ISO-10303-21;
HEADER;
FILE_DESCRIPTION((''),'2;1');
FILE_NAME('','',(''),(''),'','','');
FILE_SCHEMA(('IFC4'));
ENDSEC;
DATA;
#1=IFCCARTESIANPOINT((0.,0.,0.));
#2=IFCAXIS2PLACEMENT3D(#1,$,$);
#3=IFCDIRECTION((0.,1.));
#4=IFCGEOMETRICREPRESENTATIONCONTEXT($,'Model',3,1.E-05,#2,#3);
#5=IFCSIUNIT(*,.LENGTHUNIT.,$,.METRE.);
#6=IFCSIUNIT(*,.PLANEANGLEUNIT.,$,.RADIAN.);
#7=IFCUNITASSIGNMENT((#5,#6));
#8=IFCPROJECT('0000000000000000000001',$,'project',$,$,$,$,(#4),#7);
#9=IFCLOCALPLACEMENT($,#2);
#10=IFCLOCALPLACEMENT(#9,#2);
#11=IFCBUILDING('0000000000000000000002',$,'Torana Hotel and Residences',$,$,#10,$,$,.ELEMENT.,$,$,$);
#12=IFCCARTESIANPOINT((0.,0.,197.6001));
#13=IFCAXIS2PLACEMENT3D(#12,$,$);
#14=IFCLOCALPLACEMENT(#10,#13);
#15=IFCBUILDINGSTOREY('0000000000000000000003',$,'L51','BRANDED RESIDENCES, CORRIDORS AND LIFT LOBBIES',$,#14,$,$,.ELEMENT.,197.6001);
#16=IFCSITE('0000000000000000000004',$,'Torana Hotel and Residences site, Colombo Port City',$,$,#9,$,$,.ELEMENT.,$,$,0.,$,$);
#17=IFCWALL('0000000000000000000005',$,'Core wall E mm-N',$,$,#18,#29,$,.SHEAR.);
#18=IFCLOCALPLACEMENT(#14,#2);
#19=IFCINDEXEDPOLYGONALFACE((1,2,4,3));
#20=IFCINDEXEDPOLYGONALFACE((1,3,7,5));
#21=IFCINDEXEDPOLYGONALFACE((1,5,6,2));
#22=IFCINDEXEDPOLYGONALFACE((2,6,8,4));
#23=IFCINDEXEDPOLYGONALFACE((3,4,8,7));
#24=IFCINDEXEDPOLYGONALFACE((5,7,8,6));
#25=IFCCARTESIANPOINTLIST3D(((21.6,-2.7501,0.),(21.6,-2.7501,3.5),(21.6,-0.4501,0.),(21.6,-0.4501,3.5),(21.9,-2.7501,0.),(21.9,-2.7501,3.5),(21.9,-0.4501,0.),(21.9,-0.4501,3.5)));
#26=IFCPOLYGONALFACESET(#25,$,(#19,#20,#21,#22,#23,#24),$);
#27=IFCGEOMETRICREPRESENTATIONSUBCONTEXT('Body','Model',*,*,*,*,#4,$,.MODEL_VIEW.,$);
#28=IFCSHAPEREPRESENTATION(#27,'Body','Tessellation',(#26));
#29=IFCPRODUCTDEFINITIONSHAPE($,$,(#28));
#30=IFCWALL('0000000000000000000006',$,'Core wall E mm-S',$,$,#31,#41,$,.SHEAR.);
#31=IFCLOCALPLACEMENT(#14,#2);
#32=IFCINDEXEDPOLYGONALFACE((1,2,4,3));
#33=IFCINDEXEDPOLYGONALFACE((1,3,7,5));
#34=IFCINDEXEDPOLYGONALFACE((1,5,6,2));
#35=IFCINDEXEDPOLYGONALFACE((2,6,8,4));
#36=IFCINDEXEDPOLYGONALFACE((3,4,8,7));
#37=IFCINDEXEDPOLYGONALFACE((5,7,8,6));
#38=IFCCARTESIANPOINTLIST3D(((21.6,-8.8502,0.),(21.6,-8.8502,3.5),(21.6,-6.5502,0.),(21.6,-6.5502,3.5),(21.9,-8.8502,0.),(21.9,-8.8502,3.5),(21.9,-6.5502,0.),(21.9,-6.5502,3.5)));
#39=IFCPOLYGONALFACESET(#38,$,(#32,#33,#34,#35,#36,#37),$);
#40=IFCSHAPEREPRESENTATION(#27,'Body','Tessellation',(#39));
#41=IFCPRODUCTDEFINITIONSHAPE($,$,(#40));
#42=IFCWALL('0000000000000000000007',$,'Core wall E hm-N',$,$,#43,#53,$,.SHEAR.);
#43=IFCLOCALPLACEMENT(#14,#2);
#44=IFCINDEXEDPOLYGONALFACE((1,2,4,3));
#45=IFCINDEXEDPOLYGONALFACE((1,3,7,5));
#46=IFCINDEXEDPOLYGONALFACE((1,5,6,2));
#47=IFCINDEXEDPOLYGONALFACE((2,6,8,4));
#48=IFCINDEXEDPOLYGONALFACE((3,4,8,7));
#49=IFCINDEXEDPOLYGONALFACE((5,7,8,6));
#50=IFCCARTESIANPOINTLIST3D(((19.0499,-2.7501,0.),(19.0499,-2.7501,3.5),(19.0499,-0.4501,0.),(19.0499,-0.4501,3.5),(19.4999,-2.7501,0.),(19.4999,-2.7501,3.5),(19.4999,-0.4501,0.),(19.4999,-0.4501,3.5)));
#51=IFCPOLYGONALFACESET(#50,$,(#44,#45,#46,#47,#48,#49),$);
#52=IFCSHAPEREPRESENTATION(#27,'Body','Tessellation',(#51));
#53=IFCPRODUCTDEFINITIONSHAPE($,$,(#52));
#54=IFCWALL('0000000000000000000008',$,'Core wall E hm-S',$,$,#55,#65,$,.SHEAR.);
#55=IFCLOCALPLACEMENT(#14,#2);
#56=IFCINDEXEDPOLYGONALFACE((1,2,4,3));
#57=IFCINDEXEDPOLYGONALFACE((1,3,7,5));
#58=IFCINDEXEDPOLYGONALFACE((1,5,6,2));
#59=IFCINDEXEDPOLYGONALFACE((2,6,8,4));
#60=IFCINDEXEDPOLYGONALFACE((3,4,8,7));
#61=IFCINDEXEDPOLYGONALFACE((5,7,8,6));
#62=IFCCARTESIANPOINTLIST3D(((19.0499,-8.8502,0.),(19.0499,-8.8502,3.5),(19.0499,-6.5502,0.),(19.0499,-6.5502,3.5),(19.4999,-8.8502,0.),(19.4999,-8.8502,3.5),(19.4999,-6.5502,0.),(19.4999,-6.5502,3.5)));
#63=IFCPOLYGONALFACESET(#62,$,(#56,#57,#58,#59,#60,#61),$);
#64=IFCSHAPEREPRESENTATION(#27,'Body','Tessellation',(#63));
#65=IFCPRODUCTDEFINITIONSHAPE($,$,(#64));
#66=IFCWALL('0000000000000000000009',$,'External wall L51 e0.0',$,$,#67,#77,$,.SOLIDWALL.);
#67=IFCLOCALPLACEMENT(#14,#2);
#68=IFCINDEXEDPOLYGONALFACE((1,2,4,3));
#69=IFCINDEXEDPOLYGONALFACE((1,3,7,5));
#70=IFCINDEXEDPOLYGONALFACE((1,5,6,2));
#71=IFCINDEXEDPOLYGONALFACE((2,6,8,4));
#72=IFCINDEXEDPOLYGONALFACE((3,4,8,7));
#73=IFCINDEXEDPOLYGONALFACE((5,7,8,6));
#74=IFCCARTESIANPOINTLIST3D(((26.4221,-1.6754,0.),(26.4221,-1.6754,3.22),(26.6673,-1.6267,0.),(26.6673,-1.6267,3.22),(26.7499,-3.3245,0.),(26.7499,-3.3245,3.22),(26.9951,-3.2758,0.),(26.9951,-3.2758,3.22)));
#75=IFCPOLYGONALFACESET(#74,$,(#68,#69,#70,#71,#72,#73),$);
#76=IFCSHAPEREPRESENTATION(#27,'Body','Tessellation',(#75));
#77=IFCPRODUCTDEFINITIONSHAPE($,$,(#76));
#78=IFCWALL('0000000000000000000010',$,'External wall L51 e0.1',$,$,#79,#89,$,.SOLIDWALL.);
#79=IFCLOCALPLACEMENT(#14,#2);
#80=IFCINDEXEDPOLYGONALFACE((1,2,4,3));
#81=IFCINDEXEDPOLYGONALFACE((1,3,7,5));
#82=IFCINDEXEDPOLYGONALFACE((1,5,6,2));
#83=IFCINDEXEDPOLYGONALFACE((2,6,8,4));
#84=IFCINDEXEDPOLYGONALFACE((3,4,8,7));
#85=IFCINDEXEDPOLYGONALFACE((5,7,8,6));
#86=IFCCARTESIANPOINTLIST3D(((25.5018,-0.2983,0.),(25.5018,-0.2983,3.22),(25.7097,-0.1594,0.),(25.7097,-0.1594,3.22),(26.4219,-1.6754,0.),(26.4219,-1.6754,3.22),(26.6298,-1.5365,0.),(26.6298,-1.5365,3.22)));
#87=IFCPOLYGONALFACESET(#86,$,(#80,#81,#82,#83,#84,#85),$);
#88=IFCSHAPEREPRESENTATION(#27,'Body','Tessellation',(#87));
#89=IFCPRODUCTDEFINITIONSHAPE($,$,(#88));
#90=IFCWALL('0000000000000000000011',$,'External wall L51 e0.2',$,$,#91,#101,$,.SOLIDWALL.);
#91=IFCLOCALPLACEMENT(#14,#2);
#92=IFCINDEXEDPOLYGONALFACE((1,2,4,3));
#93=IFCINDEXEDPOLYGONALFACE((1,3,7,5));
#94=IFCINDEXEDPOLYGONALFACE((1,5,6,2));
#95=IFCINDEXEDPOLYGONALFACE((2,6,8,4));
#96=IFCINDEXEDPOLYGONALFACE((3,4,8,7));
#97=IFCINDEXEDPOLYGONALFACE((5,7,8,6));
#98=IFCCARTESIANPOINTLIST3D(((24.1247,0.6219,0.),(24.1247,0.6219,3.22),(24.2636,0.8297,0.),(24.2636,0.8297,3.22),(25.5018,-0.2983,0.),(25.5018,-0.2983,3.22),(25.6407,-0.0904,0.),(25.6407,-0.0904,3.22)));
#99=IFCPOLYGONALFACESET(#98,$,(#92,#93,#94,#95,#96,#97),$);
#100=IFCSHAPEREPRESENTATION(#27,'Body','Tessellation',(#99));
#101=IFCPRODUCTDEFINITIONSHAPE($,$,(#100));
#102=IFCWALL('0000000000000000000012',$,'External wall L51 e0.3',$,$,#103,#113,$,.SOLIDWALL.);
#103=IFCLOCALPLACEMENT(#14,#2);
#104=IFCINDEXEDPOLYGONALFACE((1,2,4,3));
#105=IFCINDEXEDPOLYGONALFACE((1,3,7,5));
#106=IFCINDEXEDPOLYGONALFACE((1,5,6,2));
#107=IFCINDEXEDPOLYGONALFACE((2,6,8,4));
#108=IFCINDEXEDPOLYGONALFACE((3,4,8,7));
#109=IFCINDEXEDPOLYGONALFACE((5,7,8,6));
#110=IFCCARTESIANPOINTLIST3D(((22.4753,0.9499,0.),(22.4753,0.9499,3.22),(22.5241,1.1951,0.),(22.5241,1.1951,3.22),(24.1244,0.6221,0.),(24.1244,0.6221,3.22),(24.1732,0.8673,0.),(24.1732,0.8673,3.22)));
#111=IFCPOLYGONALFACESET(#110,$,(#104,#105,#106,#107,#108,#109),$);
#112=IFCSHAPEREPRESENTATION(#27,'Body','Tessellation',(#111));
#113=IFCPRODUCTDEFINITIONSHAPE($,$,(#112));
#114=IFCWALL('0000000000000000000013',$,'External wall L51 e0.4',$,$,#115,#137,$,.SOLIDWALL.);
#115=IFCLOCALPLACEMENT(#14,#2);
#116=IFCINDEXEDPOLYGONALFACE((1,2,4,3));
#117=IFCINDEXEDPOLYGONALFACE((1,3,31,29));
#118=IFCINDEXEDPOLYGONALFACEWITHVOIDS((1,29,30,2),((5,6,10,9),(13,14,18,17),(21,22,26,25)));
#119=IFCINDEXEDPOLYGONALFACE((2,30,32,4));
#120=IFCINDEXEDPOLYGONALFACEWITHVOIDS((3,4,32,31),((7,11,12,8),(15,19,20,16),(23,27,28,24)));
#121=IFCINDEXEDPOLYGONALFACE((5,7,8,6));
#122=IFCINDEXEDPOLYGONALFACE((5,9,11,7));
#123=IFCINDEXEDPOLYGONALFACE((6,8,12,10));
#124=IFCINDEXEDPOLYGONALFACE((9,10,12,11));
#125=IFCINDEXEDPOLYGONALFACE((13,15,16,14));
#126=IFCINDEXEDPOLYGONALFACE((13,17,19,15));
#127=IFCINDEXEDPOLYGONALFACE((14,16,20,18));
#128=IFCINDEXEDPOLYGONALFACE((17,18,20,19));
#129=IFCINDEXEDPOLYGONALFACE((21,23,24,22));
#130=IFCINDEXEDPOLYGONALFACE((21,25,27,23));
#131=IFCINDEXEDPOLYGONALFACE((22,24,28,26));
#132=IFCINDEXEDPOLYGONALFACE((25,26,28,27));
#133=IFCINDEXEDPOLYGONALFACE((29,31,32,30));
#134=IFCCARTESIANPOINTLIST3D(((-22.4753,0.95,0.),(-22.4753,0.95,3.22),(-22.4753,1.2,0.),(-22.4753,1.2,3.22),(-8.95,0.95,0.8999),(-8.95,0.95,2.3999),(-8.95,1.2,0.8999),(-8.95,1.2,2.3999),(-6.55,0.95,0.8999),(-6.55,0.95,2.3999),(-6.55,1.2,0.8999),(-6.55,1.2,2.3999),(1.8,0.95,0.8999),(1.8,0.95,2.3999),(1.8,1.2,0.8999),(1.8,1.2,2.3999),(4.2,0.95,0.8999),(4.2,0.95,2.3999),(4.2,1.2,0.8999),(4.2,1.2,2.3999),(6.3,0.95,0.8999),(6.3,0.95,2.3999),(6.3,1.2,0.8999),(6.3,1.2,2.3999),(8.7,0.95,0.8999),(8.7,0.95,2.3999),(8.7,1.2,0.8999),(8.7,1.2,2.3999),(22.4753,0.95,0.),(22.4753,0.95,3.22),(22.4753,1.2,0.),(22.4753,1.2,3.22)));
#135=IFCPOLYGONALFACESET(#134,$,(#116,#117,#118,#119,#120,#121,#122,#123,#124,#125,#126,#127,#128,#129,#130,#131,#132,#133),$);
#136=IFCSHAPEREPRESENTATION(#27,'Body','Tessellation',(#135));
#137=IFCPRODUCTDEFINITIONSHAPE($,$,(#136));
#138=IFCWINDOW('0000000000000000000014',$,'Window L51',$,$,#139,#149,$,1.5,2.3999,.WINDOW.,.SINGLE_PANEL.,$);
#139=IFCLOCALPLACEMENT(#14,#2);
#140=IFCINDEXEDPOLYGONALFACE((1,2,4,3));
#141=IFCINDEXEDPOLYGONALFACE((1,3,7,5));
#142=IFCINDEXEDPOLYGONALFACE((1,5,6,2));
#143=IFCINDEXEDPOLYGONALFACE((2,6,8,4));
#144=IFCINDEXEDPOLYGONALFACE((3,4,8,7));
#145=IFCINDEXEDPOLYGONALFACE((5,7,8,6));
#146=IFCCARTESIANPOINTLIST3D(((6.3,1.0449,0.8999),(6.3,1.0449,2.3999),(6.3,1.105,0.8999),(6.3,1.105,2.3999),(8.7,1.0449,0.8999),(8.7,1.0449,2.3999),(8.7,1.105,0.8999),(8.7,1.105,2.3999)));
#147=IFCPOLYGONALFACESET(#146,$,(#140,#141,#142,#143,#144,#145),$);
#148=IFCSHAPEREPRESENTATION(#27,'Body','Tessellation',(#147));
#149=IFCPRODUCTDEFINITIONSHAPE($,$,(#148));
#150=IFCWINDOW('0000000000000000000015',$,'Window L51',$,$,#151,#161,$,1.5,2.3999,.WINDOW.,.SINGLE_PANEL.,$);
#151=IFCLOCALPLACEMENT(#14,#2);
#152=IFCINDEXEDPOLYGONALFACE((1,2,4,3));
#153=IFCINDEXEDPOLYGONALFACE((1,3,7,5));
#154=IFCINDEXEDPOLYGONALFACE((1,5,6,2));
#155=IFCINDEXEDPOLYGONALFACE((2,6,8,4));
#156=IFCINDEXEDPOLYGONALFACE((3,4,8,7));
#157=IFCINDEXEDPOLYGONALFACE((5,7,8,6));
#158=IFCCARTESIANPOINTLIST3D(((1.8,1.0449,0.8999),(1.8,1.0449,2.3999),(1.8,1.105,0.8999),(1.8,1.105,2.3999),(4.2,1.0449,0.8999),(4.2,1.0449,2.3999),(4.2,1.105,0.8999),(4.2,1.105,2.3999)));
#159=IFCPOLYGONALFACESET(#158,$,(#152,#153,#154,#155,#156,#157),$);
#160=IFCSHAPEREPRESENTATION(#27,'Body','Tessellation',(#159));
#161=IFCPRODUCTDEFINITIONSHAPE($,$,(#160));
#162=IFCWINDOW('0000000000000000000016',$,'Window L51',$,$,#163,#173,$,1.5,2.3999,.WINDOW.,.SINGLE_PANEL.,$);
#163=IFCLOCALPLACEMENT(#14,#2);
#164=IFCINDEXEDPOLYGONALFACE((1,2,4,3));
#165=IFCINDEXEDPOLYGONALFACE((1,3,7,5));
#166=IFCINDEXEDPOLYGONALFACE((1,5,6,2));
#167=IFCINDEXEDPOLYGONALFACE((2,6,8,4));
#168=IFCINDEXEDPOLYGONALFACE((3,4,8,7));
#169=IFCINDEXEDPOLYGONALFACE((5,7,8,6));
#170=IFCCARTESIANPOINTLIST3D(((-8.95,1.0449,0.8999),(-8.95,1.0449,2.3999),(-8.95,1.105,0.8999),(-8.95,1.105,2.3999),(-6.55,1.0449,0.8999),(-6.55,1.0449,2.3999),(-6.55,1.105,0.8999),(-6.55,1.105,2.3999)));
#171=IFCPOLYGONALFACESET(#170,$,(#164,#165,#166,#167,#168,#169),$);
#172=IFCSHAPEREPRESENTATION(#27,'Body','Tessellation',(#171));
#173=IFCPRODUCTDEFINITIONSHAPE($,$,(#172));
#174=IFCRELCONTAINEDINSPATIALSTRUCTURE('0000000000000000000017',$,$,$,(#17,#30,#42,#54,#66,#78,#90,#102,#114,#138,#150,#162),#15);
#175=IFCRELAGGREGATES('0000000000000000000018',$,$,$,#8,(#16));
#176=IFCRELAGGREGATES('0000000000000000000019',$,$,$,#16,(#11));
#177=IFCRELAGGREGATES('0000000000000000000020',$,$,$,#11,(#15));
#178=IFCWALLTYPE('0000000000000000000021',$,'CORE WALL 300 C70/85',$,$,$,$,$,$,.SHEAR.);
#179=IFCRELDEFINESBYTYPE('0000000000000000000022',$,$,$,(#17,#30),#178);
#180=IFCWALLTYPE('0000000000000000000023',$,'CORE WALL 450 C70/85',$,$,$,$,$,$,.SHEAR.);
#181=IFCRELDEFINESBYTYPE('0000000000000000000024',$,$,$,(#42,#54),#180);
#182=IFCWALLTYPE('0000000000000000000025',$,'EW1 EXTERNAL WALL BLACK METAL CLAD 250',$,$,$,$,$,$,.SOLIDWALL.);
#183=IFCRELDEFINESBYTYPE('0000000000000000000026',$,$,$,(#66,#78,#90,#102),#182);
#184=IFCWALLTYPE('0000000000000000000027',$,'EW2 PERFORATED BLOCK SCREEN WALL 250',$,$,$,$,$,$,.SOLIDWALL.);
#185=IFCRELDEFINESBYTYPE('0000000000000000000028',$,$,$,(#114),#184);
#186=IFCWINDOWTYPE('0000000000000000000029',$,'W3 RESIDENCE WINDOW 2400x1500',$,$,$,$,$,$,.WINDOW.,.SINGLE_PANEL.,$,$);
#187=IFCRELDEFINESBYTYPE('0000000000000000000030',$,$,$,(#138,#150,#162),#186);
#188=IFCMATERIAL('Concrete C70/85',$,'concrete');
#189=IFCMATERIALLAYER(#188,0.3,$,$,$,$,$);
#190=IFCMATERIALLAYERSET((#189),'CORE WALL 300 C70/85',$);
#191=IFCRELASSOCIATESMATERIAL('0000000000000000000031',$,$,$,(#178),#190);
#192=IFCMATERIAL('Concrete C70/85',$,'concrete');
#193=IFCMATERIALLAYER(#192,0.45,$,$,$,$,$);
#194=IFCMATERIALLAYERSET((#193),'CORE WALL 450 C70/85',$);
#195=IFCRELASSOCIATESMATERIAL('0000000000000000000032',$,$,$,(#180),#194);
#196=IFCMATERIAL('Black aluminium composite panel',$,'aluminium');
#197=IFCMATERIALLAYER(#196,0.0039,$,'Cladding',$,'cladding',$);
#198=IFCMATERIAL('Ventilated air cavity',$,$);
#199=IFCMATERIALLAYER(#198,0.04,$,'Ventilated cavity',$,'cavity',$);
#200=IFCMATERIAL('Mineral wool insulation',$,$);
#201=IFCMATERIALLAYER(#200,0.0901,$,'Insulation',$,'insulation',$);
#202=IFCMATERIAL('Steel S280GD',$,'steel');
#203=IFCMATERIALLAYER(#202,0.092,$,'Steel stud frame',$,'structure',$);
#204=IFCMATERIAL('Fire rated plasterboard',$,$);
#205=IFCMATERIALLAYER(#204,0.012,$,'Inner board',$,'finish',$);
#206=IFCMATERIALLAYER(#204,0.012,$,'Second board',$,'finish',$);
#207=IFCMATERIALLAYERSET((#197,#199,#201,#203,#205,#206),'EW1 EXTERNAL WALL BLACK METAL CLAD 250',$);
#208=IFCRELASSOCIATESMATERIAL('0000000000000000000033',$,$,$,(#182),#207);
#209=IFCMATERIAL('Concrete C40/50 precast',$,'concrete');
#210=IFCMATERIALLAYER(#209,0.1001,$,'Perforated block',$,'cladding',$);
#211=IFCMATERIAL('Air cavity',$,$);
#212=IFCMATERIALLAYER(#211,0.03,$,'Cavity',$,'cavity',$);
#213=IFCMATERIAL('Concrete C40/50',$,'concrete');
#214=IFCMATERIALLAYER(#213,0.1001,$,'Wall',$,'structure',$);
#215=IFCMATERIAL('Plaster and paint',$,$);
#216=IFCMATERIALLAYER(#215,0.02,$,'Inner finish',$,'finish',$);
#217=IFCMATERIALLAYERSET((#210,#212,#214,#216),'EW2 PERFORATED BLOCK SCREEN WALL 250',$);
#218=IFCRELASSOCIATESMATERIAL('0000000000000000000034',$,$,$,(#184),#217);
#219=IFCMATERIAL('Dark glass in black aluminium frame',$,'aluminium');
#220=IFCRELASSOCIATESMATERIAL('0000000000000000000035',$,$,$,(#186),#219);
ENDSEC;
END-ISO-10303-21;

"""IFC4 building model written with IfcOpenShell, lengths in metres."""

from ifc_helpers import new_model, si_unit, direction, frame, frame_2d, origin, place, context, subcontext, project, spatial, rectangle, extrude, material, layer, layer_set, type_object, element, fill, save


model = new_model("IFC4")

# Units and contexts
model_context = context("Model", 3, precision=1e-05, world=origin(), true_north=direction((0.0, 1.0)))
body_context = subcontext(model_context, "Body", "Model", "MODEL_VIEW")
ifc_project = project(units=[si_unit("LENGTHUNIT", "METRE"), si_unit("PLANEANGLEUNIT", "RADIAN")], contexts=[model_context])

# Site, building, storey
site_placement = place(None, origin())
site = spatial("IfcSite", under=ifc_project, at=site_placement, Name="Torana Hotel and Residences site, Colombo Port City", CompositionType="ELEMENT", RefElevation=0.0)
building_placement = place(site_placement, origin())
building = spatial("IfcBuilding", under=site, at=building_placement, Name="Torana Hotel and Residences", CompositionType="ELEMENT")
storey_placement = place(building_placement, frame((0.0, 0.0, 197.6001)))
storey = spatial("IfcBuildingStorey", under=building, at=storey_placement, Name="L51", Description="BRANDED RESIDENCES, CORRIDORS AND LIFT LOBBIES", CompositionType="ELEMENT", Elevation=197.6001)

# Walls
ifc_material_1 = material(Name="Concrete C70/85", Category="concrete")
ifc_layer_1 = layer(ifc_material_1, 0.3)
ifc_layer_set_1 = layer_set([ifc_layer_1], Name="CORE WALL 300 C70/85")
wall_type_1 = type_object("IfcWallType", Name="CORE WALL 300 C70/85", PredefinedType="SHEAR", material=ifc_layer_set_1)
for number, where, z_axis, x_axis, name in (
    (1, (21.75, -2.75, 0.0), (0.0, 0.0, 1.0), (0.0, 1.0, 0.0), "Core wall E mm-N"),
    (2, (21.75, -8.8501, 0.0), (0.0, 0.0, 1.0), (0.0, 1.0, 0.0), "Core wall E mm-S"),
):
    element("IfcWall", number, at=place(storey_placement, frame(where, z_axis=z_axis, x_axis=x_axis)), inside=storey, type_object=wall_type_1, Name=name, PredefinedType="SHEAR", context=body_context, shape_type="SweptSolid", body=[
        extrude(rectangle(XDim=2.3, YDim=0.3, at=frame_2d((1.1499, 0.0))), origin(), (0.0, 0.0, 1.0), 3.5),
    ])
ifc_material_2 = material(Name="Concrete C70/85", Category="concrete")
ifc_layer_2 = layer(ifc_material_2, 0.45)
ifc_layer_set_2 = layer_set([ifc_layer_2], Name="CORE WALL 450 C70/85")
wall_type_2 = type_object("IfcWallType", Name="CORE WALL 450 C70/85", PredefinedType="SHEAR", material=ifc_layer_set_2)
for number, where, z_axis, x_axis, name in (
    (3, (19.2749, -2.75, 0.0), (0.0, 0.0, 1.0), (0.0, 1.0, 0.0), "Core wall E hm-N"),
    (4, (19.2749, -8.8501, 0.0), (0.0, 0.0, 1.0), (0.0, 1.0, 0.0), "Core wall E hm-S"),
):
    element("IfcWall", number, at=place(storey_placement, frame(where, z_axis=z_axis, x_axis=x_axis)), inside=storey, type_object=wall_type_2, Name=name, PredefinedType="SHEAR", context=body_context, shape_type="SweptSolid", body=[
        extrude(rectangle(XDim=2.3, YDim=0.45, at=frame_2d((1.1499, 0.0))), origin(), (0.0, 0.0, 1.0), 3.5),
    ])
ifc_material_3 = material(Name="Black aluminium composite panel", Category="aluminium")
ifc_layer_3 = layer(ifc_material_3, 0.0039, Name="Cladding", Category="cladding")
ifc_material_4 = material(Name="Ventilated air cavity")
ifc_layer_4 = layer(ifc_material_4, 0.04, Name="Ventilated cavity", Category="cavity")
ifc_material_5 = material(Name="Mineral wool insulation")
ifc_layer_5 = layer(ifc_material_5, 0.0901, Name="Insulation", Category="insulation")
ifc_material_6 = material(Name="Steel S280GD", Category="steel")
ifc_layer_6 = layer(ifc_material_6, 0.092, Name="Steel stud frame", Category="structure")
ifc_material_7 = material(Name="Fire rated plasterboard")
ifc_layer_7 = layer(ifc_material_7, 0.012, Name="Inner board", Category="finish")
ifc_layer_8 = layer(ifc_material_7, 0.012, Name="Second board", Category="finish")
ifc_layer_set_3 = layer_set([ifc_layer_3, ifc_layer_4, ifc_layer_5, ifc_layer_6, ifc_layer_7, ifc_layer_8], Name="EW1 EXTERNAL WALL BLACK METAL CLAD 250")
wall_type_3 = type_object("IfcWallType", Name="EW1 EXTERNAL WALL BLACK METAL CLAD 250", PredefinedType="SOLIDWALL", material=ifc_layer_set_3)
wall_1_placement = place(storey_placement, frame((26.8726, -3.3003, 0.0), z_axis=(0.0, 0.0, 1.0), x_axis=(-0.194999, 0.980803, 0.0)))
element("IfcWall", 5, at=wall_1_placement, inside=storey, type_object=wall_type_3, Name="External wall L51 e0.0", PredefinedType="SOLIDWALL", context=body_context, shape_type="SweptSolid", body=[
    extrude(rectangle(XDim=1.6814, YDim=0.25, at=frame_2d((0.8408, 0.0))), origin(), (0.0, 0.0, 1.0), 3.22),
])
for number, where, z_axis, x_axis, name in (
    (6, (26.5259, -1.606, 0.0), (0.0, 0.0, 1.0), (-0.55555, 0.831483, 0.0), "External wall L51 e0.1"),
    (7, (25.5713, -0.1943, 0.0), (0.0, 0.0, 1.0), (-0.831483, 0.55555, 0.0), "External wall L51 e0.2"),
):
    element("IfcWall", number, at=place(storey_placement, frame(where, z_axis=z_axis, x_axis=x_axis)), inside=storey, type_object=wall_type_3, Name=name, PredefinedType="SOLIDWALL", context=body_context, shape_type="SweptSolid", body=[
        extrude(rectangle(XDim=1.6562, YDim=0.25, at=frame_2d((0.8281, 0.0))), origin(), (0.0, 0.0, 1.0), 3.22),
    ])
wall_2_placement = place(storey_placement, frame((24.1489, 0.7446, 0.0), z_axis=(0.0, 0.0, 1.0), x_axis=(-0.980803, 0.194999, 0.0)))
element("IfcWall", 8, at=wall_2_placement, inside=storey, type_object=wall_type_3, Name="External wall L51 e0.3", PredefinedType="SOLIDWALL", context=body_context, shape_type="SweptSolid", body=[
    extrude(rectangle(XDim=1.6814, YDim=0.25, at=frame_2d((0.8408, 0.0))), origin(), (0.0, 0.0, 1.0), 3.22),
])

# Wall, openings, windows
ifc_material_8 = material(Name="Concrete C40/50 precast", Category="concrete")
ifc_layer_9 = layer(ifc_material_8, 0.1001, Name="Perforated block", Category="cladding")
ifc_material_9 = material(Name="Air cavity")
ifc_layer_10 = layer(ifc_material_9, 0.03, Name="Cavity", Category="cavity")
ifc_material_10 = material(Name="Concrete C40/50", Category="concrete")
ifc_layer_11 = layer(ifc_material_10, 0.1001, Name="Wall", Category="structure")
ifc_material_11 = material(Name="Plaster and paint")
ifc_layer_12 = layer(ifc_material_11, 0.02, Name="Inner finish", Category="finish")
ifc_layer_set_4 = layer_set([ifc_layer_9, ifc_layer_10, ifc_layer_11, ifc_layer_12], Name="EW2 PERFORATED BLOCK SCREEN WALL 250")
wall_type_4 = type_object("IfcWallType", Name="EW2 PERFORATED BLOCK SCREEN WALL 250", PredefinedType="SOLIDWALL", material=ifc_layer_set_4)
wall_3_placement = place(storey_placement, frame((22.4753, 1.075, 0.0), z_axis=(0.0, 0.0, 1.0), x_axis=(-1.0, 0.0, 0.0)))
wall_3 = element("IfcWall", 9, at=wall_3_placement, inside=storey, type_object=wall_type_4, Name="External wall L51 e0.4", PredefinedType="SOLIDWALL", context=body_context, shape_type="SweptSolid", body=[
    extrude(rectangle(XDim=44.9507, YDim=0.25, at=frame_2d((22.4753, 0.0))), origin(), (0.0, 0.0, 1.0), 3.22),
])
opening_1_placement = place(wall_3_placement, frame((13.7754, 0.0, 0.8999)))
opening_1 = element("IfcOpeningElement", 10, at=opening_1_placement, cuts=wall_3, PredefinedType="OPENING", context=body_context, shape_type="SweptSolid", body=[
    extrude(rectangle(XDim=2.3999, YDim=1.5, at=frame_2d((1.2, 0.75))), frame((0.0, 0.135, 0.0), z_axis=(0.0, -1.0, 0.0), x_axis=(1.0, 0.0, 0.0)), (0.0, 0.0, 1.0), 0.27),
])
opening_2_placement = place(wall_3_placement, frame((18.2754, 0.0, 0.8999)))
opening_2 = element("IfcOpeningElement", 11, at=opening_2_placement, cuts=wall_3, PredefinedType="OPENING", context=body_context, shape_type="SweptSolid", body=[
    extrude(rectangle(XDim=2.3999, YDim=1.5, at=frame_2d((1.2, 0.75))), frame((0.0, 0.135, 0.0), z_axis=(0.0, -1.0, 0.0), x_axis=(1.0, 0.0, 0.0)), (0.0, 0.0, 1.0), 0.27),
])
opening_3_placement = place(wall_3_placement, frame((29.0254, 0.0, 0.8999)))
opening_3 = element("IfcOpeningElement", 12, at=opening_3_placement, cuts=wall_3, PredefinedType="OPENING", context=body_context, shape_type="SweptSolid", body=[
    extrude(rectangle(XDim=2.3999, YDim=1.5, at=frame_2d((1.2, 0.75))), frame((0.0, 0.135, 0.0), z_axis=(0.0, -1.0, 0.0), x_axis=(1.0, 0.0, 0.0)), (0.0, 0.0, 1.0), 0.27),
])
ifc_material_12 = material(Name="Dark glass in black aluminium frame", Category="aluminium")
window_type = type_object("IfcWindowType", Name="W3 RESIDENCE WINDOW 2400x1500", PartitioningType="SINGLE_PANEL", PredefinedType="WINDOW", material=ifc_material_12)
window_1_placement = place(opening_1_placement, origin())
window_1 = element("IfcWindow", 13, at=window_1_placement, inside=storey, type_object=window_type, Name="Window L51", OverallHeight=1.5, OverallWidth=2.3999, PartitioningType="SINGLE_PANEL", PredefinedType="WINDOW", context=body_context, shape_type="SweptSolid", body=[
    extrude(rectangle(XDim=2.3999, YDim=1.5, at=frame_2d((1.2, 0.75))), frame((0.0, 0.03, 0.0), z_axis=(0.0, -1.0, 0.0), x_axis=(1.0, 0.0, 0.0)), (0.0, 0.0, 1.0), 0.0601),
])
fill(opening_1, window_1)
window_2_placement = place(opening_2_placement, origin())
window_2 = element("IfcWindow", 14, at=window_2_placement, inside=storey, type_object=window_type, Name="Window L51", OverallHeight=1.5, OverallWidth=2.3999, PartitioningType="SINGLE_PANEL", PredefinedType="WINDOW", context=body_context, shape_type="SweptSolid", body=[
    extrude(rectangle(XDim=2.3999, YDim=1.5, at=frame_2d((1.2, 0.75))), frame((0.0, 0.03, 0.0), z_axis=(0.0, -1.0, 0.0), x_axis=(1.0, 0.0, 0.0)), (0.0, 0.0, 1.0), 0.0601),
])
fill(opening_2, window_2)
window_3_placement = place(opening_3_placement, origin())
window_3 = element("IfcWindow", 15, at=window_3_placement, inside=storey, type_object=window_type, Name="Window L51", OverallHeight=1.5, OverallWidth=2.3999, PartitioningType="SINGLE_PANEL", PredefinedType="WINDOW", context=body_context, shape_type="SweptSolid", body=[
    extrude(rectangle(XDim=2.3999, YDim=1.5, at=frame_2d((1.2, 0.75))), frame((0.0, 0.03, 0.0), z_axis=(0.0, -1.0, 0.0), x_axis=(1.0, 0.0, 0.0)), (0.0, 0.0, 1.0), 0.0601),
])
fill(opening_3, window_3)

save(model, "model.ifc")
